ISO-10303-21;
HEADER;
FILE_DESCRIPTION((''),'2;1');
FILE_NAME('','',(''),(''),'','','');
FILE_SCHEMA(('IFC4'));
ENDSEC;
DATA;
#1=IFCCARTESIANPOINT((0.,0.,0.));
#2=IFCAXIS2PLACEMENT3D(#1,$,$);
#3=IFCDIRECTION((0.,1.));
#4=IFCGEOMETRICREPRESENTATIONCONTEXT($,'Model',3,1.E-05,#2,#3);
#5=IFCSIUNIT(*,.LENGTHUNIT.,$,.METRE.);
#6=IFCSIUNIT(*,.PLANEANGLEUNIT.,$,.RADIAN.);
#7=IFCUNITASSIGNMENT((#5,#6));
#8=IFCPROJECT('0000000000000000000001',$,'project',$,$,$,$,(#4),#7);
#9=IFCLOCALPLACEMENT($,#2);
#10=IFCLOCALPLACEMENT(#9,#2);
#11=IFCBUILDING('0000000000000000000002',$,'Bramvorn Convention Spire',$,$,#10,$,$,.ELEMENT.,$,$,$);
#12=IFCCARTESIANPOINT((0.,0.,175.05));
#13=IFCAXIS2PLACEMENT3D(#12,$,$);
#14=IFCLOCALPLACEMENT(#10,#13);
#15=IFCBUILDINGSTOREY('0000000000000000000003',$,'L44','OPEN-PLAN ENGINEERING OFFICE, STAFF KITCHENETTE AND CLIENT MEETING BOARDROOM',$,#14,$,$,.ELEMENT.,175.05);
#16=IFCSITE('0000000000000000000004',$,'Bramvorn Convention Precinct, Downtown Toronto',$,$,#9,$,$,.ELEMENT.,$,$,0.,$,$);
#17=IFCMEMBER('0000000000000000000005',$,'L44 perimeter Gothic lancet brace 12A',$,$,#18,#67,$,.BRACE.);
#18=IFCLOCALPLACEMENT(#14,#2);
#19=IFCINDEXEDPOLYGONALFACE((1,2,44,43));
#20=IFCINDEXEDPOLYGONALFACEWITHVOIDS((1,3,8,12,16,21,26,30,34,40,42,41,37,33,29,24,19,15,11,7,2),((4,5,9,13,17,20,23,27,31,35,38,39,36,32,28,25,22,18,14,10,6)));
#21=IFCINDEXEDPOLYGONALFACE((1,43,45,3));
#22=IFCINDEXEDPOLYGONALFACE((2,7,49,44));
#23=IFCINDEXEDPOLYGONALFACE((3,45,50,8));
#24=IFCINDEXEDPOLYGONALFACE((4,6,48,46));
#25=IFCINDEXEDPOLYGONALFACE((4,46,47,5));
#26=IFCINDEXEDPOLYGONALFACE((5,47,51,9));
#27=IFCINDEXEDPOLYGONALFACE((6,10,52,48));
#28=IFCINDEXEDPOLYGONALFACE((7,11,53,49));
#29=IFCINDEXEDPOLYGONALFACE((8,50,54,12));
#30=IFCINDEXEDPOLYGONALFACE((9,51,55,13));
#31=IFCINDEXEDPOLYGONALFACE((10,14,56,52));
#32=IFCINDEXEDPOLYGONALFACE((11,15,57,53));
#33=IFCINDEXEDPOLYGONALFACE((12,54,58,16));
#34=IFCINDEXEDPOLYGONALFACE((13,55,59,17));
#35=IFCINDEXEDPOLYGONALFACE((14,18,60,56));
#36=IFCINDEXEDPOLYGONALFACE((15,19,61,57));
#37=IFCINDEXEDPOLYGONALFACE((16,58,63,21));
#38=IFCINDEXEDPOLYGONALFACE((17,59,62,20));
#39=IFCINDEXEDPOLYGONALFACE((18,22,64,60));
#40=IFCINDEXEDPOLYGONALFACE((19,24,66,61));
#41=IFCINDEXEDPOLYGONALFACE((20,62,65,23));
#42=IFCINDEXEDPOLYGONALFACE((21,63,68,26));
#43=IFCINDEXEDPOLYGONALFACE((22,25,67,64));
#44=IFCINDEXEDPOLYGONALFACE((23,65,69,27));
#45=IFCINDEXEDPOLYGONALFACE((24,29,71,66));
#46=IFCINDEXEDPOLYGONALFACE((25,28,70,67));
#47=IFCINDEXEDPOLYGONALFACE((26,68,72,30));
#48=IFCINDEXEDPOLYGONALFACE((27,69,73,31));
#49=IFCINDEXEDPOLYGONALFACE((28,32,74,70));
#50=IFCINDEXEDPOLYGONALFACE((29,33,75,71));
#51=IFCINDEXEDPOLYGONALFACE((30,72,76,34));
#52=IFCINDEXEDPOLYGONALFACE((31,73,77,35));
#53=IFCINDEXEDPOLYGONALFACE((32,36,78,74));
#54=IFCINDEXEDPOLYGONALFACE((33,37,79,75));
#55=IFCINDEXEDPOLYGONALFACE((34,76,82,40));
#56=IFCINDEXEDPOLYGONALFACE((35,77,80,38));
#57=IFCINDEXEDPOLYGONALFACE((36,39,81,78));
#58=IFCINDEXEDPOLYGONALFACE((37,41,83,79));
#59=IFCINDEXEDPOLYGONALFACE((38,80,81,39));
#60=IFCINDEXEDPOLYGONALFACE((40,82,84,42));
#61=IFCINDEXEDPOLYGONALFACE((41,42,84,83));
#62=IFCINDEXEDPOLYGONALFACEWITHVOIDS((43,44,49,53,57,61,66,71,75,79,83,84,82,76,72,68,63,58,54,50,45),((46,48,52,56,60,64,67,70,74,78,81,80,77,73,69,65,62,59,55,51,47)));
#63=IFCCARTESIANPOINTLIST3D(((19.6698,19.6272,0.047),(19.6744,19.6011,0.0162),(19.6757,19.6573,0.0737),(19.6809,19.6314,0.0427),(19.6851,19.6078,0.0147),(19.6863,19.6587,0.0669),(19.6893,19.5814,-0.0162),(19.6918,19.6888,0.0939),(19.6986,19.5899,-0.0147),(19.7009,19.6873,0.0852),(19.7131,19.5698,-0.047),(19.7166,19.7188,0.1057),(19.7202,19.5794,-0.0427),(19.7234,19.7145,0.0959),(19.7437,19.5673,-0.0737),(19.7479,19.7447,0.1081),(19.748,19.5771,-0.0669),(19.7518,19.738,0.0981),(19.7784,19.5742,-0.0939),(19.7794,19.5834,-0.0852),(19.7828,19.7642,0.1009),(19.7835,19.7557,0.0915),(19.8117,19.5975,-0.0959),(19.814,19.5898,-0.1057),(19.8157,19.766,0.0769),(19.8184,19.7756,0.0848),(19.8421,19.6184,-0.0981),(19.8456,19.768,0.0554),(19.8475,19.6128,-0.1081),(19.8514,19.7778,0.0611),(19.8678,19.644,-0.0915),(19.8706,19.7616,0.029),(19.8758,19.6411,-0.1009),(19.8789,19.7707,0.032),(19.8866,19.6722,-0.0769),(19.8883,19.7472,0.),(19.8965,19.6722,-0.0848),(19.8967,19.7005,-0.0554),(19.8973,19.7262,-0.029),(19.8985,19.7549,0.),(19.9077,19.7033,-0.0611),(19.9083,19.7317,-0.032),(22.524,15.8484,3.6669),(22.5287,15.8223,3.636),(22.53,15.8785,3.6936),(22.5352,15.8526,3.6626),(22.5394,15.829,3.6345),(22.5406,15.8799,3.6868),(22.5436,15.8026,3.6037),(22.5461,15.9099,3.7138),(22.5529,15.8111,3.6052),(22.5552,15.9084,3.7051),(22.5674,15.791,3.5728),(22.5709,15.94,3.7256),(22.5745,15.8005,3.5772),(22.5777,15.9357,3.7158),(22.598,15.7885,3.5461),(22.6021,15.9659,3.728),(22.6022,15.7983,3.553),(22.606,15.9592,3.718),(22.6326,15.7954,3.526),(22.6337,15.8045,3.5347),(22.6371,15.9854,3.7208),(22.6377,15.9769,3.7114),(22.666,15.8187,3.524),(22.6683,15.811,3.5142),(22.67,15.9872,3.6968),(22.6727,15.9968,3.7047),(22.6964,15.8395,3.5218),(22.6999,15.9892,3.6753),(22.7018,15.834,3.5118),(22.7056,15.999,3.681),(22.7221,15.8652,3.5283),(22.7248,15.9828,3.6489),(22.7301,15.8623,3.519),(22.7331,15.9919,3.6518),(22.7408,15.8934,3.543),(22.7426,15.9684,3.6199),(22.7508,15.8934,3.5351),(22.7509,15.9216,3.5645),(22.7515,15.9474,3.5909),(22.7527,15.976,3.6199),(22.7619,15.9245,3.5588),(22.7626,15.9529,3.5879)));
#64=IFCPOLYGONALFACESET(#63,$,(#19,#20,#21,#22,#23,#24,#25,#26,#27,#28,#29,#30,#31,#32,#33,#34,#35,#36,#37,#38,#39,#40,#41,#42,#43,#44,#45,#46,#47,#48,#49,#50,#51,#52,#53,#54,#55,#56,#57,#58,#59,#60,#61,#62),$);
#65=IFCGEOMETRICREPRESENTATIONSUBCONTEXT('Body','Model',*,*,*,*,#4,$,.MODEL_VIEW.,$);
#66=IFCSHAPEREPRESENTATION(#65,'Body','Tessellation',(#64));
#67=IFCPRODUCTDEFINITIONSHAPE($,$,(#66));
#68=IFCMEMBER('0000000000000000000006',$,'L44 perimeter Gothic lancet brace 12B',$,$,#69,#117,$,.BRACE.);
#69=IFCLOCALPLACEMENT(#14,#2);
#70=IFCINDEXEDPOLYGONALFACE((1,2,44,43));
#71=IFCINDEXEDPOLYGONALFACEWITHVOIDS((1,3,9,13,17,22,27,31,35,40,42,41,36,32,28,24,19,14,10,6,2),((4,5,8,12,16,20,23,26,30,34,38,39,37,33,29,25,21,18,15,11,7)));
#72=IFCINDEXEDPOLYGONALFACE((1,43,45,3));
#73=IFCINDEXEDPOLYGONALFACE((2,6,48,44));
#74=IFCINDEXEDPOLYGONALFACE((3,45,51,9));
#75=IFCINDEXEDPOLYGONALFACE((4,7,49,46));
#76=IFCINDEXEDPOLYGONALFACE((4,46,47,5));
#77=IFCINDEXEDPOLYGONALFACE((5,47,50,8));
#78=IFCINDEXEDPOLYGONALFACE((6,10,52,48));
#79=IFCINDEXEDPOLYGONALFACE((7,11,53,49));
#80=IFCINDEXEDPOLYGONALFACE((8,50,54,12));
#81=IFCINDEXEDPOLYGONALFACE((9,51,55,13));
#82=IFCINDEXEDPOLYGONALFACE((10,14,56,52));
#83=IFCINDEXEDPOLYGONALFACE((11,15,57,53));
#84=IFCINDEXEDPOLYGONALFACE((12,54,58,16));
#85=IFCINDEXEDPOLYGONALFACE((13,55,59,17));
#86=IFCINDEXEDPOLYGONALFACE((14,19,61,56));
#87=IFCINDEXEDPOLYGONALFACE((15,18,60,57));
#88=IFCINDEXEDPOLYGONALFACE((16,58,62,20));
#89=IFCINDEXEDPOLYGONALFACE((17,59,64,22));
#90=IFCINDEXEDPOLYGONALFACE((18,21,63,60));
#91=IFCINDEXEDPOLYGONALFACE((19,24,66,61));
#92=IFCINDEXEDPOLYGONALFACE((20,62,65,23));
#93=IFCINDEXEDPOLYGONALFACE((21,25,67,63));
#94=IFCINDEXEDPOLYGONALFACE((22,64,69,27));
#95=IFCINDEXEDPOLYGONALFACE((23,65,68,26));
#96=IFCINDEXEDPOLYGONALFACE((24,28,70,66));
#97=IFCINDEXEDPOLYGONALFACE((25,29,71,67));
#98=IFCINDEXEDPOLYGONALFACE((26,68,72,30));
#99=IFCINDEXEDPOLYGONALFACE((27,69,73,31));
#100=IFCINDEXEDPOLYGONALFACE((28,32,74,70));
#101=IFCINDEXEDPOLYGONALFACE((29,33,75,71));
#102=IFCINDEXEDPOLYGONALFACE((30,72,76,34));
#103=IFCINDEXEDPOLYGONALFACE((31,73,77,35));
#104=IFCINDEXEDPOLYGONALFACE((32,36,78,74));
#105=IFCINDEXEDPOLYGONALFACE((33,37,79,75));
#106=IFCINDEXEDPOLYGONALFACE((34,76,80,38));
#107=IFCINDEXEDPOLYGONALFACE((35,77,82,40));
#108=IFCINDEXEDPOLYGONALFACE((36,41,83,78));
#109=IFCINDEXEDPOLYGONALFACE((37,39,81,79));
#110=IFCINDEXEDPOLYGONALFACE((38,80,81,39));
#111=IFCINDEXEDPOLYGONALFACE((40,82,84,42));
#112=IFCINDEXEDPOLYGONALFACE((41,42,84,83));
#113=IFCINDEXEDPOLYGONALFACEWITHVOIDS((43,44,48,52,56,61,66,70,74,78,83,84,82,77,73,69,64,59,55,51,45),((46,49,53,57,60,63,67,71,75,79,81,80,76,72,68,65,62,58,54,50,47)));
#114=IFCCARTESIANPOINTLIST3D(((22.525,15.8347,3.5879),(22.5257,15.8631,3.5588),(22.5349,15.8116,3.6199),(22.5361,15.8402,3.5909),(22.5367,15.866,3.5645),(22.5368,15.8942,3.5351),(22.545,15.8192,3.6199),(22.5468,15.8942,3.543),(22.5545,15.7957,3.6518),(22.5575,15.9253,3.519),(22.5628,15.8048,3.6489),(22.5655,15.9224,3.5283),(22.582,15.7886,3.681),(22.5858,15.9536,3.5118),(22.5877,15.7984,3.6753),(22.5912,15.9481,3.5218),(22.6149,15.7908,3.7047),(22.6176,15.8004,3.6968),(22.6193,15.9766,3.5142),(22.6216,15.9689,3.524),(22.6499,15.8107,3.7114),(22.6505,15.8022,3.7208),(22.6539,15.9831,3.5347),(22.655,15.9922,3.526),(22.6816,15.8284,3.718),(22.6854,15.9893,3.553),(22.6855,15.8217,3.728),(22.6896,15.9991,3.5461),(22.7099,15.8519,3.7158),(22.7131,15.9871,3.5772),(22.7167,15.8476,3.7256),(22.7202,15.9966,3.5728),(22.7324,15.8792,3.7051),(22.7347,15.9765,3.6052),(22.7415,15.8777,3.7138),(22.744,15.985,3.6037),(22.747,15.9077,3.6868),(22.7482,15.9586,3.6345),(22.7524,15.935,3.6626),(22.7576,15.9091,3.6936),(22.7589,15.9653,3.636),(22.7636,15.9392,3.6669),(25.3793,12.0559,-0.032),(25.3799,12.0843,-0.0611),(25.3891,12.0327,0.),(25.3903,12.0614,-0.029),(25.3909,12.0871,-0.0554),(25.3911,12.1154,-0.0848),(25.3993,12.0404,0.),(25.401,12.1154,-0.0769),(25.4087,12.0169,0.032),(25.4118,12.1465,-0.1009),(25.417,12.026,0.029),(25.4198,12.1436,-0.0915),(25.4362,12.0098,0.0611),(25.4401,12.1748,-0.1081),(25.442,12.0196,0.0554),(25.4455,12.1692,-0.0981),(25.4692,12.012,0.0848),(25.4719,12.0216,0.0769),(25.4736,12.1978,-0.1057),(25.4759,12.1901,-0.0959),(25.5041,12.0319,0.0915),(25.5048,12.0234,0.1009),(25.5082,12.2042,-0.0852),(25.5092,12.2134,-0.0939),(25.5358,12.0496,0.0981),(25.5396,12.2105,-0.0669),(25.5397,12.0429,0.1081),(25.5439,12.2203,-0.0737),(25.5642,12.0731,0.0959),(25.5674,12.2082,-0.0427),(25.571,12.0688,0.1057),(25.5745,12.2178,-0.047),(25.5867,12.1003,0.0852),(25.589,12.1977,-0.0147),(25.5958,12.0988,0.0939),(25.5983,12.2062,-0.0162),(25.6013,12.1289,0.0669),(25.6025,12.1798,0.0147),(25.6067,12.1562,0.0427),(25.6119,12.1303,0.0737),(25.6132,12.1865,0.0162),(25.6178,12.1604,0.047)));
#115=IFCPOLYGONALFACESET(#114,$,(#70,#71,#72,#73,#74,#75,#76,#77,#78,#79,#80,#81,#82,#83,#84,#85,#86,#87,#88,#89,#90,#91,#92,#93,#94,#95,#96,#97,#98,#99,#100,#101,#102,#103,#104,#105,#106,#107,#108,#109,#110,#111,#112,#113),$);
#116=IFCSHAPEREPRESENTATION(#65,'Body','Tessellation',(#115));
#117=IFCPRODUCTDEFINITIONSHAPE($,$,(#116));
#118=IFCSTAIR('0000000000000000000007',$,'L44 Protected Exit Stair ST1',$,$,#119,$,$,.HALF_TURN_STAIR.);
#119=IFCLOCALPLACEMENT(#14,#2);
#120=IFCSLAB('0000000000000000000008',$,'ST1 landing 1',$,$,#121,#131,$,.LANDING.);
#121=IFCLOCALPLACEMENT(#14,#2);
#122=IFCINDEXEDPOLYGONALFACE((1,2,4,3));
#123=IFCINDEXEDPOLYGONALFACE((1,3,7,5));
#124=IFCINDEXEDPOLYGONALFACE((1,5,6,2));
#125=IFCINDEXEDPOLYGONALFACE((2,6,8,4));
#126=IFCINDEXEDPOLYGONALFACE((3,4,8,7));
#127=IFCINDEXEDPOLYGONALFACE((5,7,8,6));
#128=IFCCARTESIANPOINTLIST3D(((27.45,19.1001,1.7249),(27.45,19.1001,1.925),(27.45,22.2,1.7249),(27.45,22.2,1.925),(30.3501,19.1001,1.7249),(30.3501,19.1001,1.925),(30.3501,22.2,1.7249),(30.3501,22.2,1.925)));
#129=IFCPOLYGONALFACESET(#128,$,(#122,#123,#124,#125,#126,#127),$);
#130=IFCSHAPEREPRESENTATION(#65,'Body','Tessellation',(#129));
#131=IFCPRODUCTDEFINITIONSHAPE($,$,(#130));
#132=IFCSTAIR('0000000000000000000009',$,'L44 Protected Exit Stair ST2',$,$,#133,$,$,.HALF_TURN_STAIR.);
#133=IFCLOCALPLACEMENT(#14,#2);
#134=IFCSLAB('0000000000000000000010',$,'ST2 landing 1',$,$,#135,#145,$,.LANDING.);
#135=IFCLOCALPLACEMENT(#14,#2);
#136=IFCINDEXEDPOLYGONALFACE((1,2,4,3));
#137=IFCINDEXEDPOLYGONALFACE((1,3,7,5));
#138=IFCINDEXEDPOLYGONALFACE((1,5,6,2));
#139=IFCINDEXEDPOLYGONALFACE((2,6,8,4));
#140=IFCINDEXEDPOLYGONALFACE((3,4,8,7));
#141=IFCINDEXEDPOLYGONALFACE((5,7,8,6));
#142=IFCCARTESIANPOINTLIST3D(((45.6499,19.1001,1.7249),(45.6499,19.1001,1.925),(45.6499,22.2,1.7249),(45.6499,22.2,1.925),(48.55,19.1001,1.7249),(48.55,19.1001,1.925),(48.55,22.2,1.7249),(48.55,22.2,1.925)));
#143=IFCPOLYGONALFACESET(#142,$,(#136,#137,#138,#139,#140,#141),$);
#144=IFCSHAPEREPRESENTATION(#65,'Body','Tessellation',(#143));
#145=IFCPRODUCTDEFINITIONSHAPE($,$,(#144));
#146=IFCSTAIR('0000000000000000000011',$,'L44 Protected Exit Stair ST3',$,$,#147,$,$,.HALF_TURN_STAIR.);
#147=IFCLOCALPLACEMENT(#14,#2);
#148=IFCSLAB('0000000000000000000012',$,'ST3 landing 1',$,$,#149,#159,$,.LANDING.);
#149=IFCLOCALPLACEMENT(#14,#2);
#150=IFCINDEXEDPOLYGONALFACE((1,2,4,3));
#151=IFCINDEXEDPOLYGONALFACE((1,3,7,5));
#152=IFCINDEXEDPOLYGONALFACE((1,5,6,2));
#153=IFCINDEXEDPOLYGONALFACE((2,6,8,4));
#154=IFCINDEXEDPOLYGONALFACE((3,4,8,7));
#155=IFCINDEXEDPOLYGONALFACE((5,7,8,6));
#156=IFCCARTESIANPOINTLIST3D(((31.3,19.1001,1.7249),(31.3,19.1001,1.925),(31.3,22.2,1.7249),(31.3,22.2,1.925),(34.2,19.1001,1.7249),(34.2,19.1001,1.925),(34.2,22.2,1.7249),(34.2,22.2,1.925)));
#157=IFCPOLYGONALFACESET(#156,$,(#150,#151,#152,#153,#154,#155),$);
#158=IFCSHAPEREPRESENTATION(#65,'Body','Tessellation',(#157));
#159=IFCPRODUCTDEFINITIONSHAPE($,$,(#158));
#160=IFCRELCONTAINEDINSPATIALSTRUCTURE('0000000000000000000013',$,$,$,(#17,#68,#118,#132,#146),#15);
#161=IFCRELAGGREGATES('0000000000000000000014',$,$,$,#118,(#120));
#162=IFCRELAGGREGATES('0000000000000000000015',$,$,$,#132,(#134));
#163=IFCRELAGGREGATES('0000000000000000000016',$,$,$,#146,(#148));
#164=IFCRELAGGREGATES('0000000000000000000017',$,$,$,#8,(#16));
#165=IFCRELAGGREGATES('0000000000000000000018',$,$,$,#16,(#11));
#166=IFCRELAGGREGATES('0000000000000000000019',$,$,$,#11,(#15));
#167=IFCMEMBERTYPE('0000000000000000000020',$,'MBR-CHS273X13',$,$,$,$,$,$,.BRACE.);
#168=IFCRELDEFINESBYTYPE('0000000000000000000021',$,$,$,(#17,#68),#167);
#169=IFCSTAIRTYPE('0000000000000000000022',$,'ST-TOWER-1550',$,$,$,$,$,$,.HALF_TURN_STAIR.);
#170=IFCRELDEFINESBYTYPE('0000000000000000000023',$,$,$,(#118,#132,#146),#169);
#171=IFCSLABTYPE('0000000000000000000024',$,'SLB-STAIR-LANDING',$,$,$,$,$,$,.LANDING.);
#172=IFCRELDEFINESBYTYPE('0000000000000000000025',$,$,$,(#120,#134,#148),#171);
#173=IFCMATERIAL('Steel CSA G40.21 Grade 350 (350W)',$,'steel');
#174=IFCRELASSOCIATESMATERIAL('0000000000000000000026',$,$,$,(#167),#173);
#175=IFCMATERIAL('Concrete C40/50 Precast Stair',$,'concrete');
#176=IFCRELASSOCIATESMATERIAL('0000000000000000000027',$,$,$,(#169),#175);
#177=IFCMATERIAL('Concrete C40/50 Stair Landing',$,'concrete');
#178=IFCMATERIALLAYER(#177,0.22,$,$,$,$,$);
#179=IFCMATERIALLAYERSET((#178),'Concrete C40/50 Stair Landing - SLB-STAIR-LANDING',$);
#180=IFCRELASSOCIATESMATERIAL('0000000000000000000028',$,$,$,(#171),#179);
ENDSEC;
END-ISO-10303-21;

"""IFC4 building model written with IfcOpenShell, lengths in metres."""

from ifc_helpers import new_model, si_unit, direction, frame, origin, origin_2d, place, context, subcontext, project, spatial, polyline, hollow_circle, outline, extrude, material, layer, layer_set, material_profile, profile_set, type_object, element, aggregate, save


model = new_model("IFC4")

# Units and contexts
model_context = context("Model", 3, precision=1e-05, world=origin(), true_north=direction((0.0, 1.0)))
body_context = subcontext(model_context, "Body", "Model", "MODEL_VIEW")
ifc_project = project(units=[si_unit("LENGTHUNIT", "METRE"), si_unit("PLANEANGLEUNIT", "RADIAN")], contexts=[model_context])

# Site, building, storey
site_placement = place(None, origin())
site = spatial("IfcSite", under=ifc_project, at=site_placement, Name="Bramvorn Convention Precinct, Downtown Toronto", CompositionType="ELEMENT", RefElevation=0.0)
building_placement = place(site_placement, origin())
building = spatial("IfcBuilding", under=site, at=building_placement, Name="Bramvorn Convention Spire", CompositionType="ELEMENT")
storey_placement = place(building_placement, frame((0.0, 0.0, 175.05)))
storey = spatial("IfcBuildingStorey", under=building, at=storey_placement, Name="L44", Description="OPEN-PLAN ENGINEERING OFFICE, STAFF KITCHENETTE AND CLIENT MEETING BOARDROOM", CompositionType="ELEMENT", Elevation=175.05)

# Shared definitions
ifc_material_1 = material(Name="Steel CSA G40.21 Grade 350 (350W)", Category="steel")

# Members
ifc_material_profile_1 = material_profile(ifc_material_1, hollow_circle(Radius=0.1365, WallThickness=0.0127, at=origin_2d()))
ifc_profile_set_1 = profile_set([ifc_material_profile_1], Name="Steel CSA G40.21 Grade 350 (350W) - CHS273X13")
member_type = type_object("IfcMemberType", Name="MBR-CHS273X13", PredefinedType="BRACE", material=ifc_profile_set_1)
for number, where, z_axis, x_axis, name in (
    (1, (19.7896, 19.6726, 0.0), (0.478847, -0.633957, 0.607293), (0.797954, 0.602719, 0.0), "L44 perimeter Gothic lancet brace 12A"),
    (2, (25.498, 12.115, 0.0), (-0.478847, 0.633957, 0.607293), (-0.797954, -0.602719, 0.0), "L44 perimeter Gothic lancet brace 12B"),
):
    element("IfcMember", number, at=place(storey_placement, frame(where, z_axis=z_axis, x_axis=x_axis)), inside=storey, type_object=member_type, Name=name, PredefinedType="BRACE", context=body_context, shape_type="SweptSolid", body=[
        extrude(hollow_circle(Radius=0.1365, WallThickness=0.0127, at=origin_2d()), origin(), (0.0, 0.0, 1.0), 5.9607),
    ])

# Stairs, slabs
ifc_material_2 = material(Name="Concrete C40/50 Precast Stair", Category="concrete")
stair_type = type_object("IfcStairType", Name="ST-TOWER-1550", PredefinedType="HALF_TURN_STAIR", material=ifc_material_2)
stair_1_placement = place(storey_placement, origin())
stair_1 = element("IfcStair", 3, at=stair_1_placement, inside=storey, type_object=stair_type, Name="L44 Protected Exit Stair ST1", PredefinedType="HALF_TURN_STAIR")
ifc_material_3 = material(Name="Concrete C40/50 Stair Landing", Category="concrete")
ifc_layer_1 = layer(ifc_material_3, 0.22)
ifc_layer_set_1 = layer_set([ifc_layer_1], Name="Concrete C40/50 Stair Landing - SLB-STAIR-LANDING")
slab_type_1 = type_object("IfcSlabType", Name="SLB-STAIR-LANDING", PredefinedType="LANDING", material=ifc_layer_set_1)
slab_1_placement = place(storey_placement, frame((0.0, 0.0, 1.7249)))
slab_1 = element("IfcSlab", 4, at=slab_1_placement, type_object=slab_type_1, Name="ST1 landing 1", PredefinedType="LANDING", context=body_context, shape_type="SweptSolid", body=[
    extrude(outline(polyline([(27.45, 22.2), (27.45, 19.1001), (30.3501, 19.1001), (30.3501, 22.2), (27.45, 22.2)])), origin(), (0.0, 0.0, 1.0), 0.2002),
])
aggregate(stair_1, [slab_1])
stair_2_placement = place(storey_placement, origin())
stair_2 = element("IfcStair", 5, at=stair_2_placement, inside=storey, type_object=stair_type, Name="L44 Protected Exit Stair ST2", PredefinedType="HALF_TURN_STAIR")
slab_2_placement = place(storey_placement, frame((0.0, 0.0, 1.7249)))
slab_2 = element("IfcSlab", 6, at=slab_2_placement, type_object=slab_type_1, Name="ST2 landing 1", PredefinedType="LANDING", context=body_context, shape_type="SweptSolid", body=[
    extrude(outline(polyline([(45.6499, 22.2), (45.6499, 19.1001), (48.55, 19.1001), (48.55, 22.2), (45.6499, 22.2)])), origin(), (0.0, 0.0, 1.0), 0.2002),
])
aggregate(stair_2, [slab_2])
stair_3_placement = place(storey_placement, origin())
stair_3 = element("IfcStair", 7, at=stair_3_placement, inside=storey, type_object=stair_type, Name="L44 Protected Exit Stair ST3", PredefinedType="HALF_TURN_STAIR")
slab_3_placement = place(storey_placement, frame((0.0, 0.0, 1.7249)))
slab_3 = element("IfcSlab", 8, at=slab_3_placement, type_object=slab_type_1, Name="ST3 landing 1", PredefinedType="LANDING", context=body_context, shape_type="SweptSolid", body=[
    extrude(outline(polyline([(31.3, 22.2), (31.3, 19.1001), (34.2, 19.1001), (34.2, 22.2), (31.3, 22.2)])), origin(), (0.0, 0.0, 1.0), 0.2002),
])
aggregate(stair_3, [slab_3])

save(model, "model.ifc")
